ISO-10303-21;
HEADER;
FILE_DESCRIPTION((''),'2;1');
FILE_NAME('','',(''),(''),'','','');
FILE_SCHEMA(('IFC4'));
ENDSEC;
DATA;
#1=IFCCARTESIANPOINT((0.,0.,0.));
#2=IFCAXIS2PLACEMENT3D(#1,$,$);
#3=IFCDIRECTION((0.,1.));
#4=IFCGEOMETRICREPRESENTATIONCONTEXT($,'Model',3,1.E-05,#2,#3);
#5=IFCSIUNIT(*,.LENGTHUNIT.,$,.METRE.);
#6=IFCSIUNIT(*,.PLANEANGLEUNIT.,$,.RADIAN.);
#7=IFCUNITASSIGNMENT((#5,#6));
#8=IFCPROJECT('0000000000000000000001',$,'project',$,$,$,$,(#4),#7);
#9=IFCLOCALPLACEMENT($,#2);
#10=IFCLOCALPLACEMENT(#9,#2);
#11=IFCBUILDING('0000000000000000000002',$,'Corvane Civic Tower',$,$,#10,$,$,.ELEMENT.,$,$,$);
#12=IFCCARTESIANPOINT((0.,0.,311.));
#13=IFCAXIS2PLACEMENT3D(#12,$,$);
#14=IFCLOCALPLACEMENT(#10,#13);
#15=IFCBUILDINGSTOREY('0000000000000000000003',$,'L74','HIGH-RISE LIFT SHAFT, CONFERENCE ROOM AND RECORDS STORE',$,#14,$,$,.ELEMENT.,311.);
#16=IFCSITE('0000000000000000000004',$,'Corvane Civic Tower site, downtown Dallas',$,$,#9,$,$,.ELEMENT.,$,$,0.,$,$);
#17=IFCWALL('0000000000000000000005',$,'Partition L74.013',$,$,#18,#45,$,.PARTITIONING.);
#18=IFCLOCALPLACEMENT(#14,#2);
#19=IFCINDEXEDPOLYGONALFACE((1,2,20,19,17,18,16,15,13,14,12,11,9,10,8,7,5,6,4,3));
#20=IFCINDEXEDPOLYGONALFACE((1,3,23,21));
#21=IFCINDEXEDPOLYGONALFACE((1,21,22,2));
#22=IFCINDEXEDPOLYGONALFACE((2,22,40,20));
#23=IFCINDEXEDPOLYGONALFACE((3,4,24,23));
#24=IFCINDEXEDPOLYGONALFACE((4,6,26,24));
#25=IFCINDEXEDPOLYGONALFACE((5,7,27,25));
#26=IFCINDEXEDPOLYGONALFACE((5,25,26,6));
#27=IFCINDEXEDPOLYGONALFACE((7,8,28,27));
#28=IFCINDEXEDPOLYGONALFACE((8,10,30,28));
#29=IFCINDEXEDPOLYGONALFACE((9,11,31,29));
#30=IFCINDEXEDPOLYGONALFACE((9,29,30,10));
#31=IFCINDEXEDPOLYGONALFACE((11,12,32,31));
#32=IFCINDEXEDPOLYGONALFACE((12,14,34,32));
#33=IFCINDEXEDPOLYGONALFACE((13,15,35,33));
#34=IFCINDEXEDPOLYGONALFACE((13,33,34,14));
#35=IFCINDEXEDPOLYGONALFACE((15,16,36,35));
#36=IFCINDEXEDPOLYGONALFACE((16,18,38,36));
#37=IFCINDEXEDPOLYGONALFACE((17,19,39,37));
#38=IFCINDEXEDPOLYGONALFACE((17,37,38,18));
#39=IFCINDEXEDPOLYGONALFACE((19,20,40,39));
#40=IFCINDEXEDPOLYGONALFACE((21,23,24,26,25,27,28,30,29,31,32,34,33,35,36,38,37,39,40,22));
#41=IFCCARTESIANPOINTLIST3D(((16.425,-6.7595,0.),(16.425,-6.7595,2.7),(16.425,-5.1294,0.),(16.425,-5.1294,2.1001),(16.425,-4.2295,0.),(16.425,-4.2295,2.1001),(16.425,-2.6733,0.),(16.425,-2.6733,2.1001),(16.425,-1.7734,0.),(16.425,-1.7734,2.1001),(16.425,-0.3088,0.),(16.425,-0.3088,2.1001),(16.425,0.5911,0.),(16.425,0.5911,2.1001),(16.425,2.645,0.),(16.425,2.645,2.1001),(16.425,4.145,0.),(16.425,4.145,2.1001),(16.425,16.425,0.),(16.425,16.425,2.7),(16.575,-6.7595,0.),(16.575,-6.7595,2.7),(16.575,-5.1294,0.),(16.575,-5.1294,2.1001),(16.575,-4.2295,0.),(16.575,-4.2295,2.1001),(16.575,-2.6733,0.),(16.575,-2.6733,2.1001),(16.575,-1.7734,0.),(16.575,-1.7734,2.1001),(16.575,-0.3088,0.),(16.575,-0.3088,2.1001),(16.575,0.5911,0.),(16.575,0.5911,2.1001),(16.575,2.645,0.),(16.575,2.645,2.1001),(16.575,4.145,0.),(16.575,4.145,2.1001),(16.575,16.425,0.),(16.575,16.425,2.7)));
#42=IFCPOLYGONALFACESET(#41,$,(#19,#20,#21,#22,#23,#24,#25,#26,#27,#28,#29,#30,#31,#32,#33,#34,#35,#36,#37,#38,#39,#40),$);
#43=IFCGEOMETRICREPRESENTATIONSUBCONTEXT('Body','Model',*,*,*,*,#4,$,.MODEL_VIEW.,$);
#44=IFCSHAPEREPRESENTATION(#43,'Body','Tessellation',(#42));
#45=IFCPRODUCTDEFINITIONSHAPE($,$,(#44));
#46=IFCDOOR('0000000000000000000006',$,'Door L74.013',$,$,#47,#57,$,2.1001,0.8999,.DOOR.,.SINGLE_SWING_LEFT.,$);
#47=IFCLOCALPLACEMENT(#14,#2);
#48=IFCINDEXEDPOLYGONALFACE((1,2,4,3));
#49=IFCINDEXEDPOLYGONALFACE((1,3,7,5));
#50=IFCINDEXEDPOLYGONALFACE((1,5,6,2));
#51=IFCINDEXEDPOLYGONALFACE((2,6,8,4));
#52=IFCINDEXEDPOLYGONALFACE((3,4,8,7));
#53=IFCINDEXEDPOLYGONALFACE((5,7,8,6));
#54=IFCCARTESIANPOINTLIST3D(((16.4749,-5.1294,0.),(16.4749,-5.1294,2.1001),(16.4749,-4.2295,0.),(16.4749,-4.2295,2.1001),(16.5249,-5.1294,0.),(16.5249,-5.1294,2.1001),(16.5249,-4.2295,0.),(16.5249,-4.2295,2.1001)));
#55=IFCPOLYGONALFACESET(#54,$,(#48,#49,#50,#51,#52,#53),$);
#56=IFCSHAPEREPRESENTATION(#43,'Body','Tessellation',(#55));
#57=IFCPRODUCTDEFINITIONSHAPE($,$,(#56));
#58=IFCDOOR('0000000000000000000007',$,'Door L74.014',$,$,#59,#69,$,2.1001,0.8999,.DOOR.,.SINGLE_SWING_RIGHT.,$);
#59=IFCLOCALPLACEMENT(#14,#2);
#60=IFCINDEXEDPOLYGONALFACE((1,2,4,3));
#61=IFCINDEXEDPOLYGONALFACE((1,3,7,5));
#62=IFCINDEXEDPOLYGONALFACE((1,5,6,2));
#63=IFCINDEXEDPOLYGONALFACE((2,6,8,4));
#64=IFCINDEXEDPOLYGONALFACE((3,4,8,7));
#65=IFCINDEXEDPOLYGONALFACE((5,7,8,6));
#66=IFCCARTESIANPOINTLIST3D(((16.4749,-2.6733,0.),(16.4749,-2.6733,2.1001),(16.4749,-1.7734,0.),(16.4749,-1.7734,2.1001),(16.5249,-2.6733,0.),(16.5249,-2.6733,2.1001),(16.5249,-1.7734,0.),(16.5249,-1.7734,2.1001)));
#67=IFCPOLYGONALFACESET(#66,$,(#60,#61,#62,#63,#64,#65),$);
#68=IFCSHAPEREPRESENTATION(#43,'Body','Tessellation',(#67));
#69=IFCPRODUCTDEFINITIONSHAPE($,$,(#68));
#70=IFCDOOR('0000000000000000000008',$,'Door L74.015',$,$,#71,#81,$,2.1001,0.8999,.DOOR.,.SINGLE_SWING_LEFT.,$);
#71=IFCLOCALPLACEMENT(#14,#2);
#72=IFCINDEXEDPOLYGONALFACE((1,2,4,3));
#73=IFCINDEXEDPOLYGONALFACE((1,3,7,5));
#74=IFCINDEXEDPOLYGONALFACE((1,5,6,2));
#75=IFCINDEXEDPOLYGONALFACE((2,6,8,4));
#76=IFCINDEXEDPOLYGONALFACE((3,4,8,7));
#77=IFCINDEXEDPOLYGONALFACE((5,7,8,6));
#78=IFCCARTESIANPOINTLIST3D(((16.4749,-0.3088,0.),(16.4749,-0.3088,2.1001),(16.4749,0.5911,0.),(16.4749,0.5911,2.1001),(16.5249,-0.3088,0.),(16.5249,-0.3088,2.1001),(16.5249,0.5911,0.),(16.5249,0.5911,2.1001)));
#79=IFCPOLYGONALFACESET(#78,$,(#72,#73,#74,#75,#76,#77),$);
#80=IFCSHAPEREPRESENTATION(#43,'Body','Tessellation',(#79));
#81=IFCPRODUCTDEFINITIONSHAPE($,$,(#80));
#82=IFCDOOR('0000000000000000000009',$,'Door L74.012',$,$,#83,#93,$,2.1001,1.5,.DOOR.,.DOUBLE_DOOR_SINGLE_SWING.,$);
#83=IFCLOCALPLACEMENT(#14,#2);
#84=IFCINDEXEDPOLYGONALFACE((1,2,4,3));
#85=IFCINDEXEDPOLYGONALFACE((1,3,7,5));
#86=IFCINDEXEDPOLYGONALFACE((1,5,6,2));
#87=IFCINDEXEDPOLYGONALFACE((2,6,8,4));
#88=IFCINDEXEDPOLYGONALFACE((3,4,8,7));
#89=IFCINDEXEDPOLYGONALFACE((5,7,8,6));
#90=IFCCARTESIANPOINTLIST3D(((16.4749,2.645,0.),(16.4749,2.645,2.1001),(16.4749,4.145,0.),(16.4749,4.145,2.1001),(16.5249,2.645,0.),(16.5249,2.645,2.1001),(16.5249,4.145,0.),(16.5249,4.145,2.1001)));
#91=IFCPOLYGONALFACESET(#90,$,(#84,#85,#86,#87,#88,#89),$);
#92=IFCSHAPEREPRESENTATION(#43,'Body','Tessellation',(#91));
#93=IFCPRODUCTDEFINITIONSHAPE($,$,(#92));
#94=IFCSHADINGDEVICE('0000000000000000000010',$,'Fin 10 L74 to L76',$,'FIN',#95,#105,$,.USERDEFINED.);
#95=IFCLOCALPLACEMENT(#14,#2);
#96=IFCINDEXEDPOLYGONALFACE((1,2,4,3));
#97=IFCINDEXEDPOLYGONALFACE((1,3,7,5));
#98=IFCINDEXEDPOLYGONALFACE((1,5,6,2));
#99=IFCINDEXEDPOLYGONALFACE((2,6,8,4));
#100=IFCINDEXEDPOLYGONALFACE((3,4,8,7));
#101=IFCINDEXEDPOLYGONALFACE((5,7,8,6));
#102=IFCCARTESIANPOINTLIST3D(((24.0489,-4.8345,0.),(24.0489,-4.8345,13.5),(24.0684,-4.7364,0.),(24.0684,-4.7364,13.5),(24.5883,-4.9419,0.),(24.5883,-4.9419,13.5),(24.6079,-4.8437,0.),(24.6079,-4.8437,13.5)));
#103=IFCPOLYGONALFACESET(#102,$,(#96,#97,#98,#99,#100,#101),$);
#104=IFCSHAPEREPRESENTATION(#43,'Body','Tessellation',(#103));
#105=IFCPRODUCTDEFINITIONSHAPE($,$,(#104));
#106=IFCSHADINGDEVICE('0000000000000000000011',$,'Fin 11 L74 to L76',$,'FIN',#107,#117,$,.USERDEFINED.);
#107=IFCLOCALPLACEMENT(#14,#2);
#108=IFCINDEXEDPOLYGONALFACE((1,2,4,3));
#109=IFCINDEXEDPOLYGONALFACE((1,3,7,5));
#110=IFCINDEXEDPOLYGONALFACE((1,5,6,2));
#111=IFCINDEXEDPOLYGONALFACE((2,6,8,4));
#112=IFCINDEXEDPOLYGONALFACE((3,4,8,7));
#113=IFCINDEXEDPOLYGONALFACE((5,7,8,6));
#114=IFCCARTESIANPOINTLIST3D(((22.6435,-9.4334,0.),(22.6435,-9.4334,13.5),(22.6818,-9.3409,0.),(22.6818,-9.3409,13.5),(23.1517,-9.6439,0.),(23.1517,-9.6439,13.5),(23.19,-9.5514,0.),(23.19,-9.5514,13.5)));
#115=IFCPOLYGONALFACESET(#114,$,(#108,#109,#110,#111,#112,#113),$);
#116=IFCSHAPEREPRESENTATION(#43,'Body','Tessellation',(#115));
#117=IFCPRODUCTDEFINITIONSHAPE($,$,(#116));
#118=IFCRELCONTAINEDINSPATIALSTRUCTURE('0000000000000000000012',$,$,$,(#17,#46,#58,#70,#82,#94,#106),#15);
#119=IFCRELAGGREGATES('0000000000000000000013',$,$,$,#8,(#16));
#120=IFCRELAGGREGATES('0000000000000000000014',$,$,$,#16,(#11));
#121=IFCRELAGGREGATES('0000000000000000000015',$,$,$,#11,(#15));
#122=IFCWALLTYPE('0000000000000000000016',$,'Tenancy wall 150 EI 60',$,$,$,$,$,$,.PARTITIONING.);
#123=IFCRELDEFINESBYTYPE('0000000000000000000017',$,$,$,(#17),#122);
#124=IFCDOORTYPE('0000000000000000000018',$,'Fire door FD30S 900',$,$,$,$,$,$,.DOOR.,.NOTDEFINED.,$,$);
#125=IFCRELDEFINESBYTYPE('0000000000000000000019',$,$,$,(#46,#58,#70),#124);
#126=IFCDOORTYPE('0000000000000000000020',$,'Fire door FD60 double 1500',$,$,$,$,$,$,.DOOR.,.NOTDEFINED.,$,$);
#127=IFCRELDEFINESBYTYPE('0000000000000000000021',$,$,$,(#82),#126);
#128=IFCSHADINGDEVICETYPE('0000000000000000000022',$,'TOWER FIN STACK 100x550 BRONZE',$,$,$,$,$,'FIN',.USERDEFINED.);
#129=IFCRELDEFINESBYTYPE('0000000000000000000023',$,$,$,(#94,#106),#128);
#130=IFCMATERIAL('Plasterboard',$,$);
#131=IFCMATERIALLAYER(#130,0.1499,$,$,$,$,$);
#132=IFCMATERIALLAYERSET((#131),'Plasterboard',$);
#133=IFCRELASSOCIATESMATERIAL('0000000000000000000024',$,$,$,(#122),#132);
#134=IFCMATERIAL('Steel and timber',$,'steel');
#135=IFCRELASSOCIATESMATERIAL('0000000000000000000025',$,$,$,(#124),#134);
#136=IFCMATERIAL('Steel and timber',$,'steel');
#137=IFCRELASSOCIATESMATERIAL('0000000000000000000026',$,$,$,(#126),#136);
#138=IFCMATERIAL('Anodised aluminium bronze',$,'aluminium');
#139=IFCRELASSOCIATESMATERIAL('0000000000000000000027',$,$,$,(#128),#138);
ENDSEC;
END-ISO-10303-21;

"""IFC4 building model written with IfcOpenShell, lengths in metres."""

from ifc_helpers import new_model, si_unit, direction, frame, frame_2d, origin, origin_2d, place, context, subcontext, project, spatial, rectangle, extrude, material, layer, layer_set, material_profile, profile_set, type_object, element, fill, save


model = new_model("IFC4")

# Units and contexts
model_context = context("Model", 3, precision=1e-05, world=origin(), true_north=direction((0.0, 1.0)))
body_context = subcontext(model_context, "Body", "Model", "MODEL_VIEW")
ifc_project = project(units=[si_unit("LENGTHUNIT", "METRE"), si_unit("PLANEANGLEUNIT", "RADIAN")], contexts=[model_context])

# Site, building, storey
site_placement = place(None, origin())
site = spatial("IfcSite", under=ifc_project, at=site_placement, Name="Corvane Civic Tower site, downtown Dallas", CompositionType="ELEMENT", RefElevation=0.0)
building_placement = place(site_placement, origin())
building = spatial("IfcBuilding", under=site, at=building_placement, Name="Corvane Civic Tower", CompositionType="ELEMENT")
storey_placement = place(building_placement, frame((0.0, 0.0, 311.0)))
storey = spatial("IfcBuildingStorey", under=building, at=storey_placement, Name="L74", Description="HIGH-RISE LIFT SHAFT, CONFERENCE ROOM AND RECORDS STORE", CompositionType="ELEMENT", Elevation=311.0)

# Wall, openings, doors
ifc_material_1 = material(Name="Plasterboard")
ifc_layer_1 = layer(ifc_material_1, 0.1499)
ifc_layer_set_1 = layer_set([ifc_layer_1], Name="Plasterboard")
wall_type_1 = type_object("IfcWallType", Name="Tenancy wall 150 EI 60", PredefinedType="PARTITIONING", material=ifc_layer_set_1)
wall_1_placement = place(storey_placement, frame((16.5, -6.7595, 0.0), z_axis=(0.0, 0.0, 1.0), x_axis=(0.0, 1.0, 0.0)))
wall_1 = element("IfcWall", 1, at=wall_1_placement, inside=storey, type_object=wall_type_1, Name="Partition L74.013", PredefinedType="PARTITIONING", context=body_context, shape_type="SweptSolid", body=[
    extrude(rectangle(XDim=23.1846, YDim=0.1499, at=frame_2d((11.5923, 0.0))), origin(), (0.0, 0.0, 1.0), 2.7),
])
opening_1_placement = place(wall_1_placement, frame((9.4045, 0.0, 0.0)))
opening_1 = element("IfcOpeningElement", 2, at=opening_1_placement, cuts=wall_1, PredefinedType="OPENING", context=body_context, shape_type="SweptSolid", body=[
    extrude(rectangle(XDim=1.5, YDim=2.1001, at=frame_2d((0.75, 1.05))), frame((0.0, 0.085, 0.0), z_axis=(0.0, -1.0, 0.0), x_axis=(1.0, 0.0, 0.0)), (0.0, 0.0, 1.0), 0.1699),
])
opening_2_placement = place(wall_1_placement, frame((1.6301, 0.0, 0.0)))
opening_2 = element("IfcOpeningElement", 3, at=opening_2_placement, cuts=wall_1, PredefinedType="OPENING", context=body_context, shape_type="SweptSolid", body=[
    extrude(rectangle(XDim=0.8999, YDim=2.1001, at=frame_2d((0.45, 1.05))), frame((0.0, 0.085, 0.0), z_axis=(0.0, -1.0, 0.0), x_axis=(1.0, 0.0, 0.0)), (0.0, 0.0, 1.0), 0.1699),
])
opening_3_placement = place(wall_1_placement, frame((4.0862, 0.0, 0.0)))
opening_3 = element("IfcOpeningElement", 4, at=opening_3_placement, cuts=wall_1, PredefinedType="OPENING", context=body_context, shape_type="SweptSolid", body=[
    extrude(rectangle(XDim=0.8999, YDim=2.1001, at=frame_2d((0.45, 1.05))), frame((0.0, 0.085, 0.0), z_axis=(0.0, -1.0, 0.0), x_axis=(1.0, 0.0, 0.0)), (0.0, 0.0, 1.0), 0.1699),
])
opening_4_placement = place(wall_1_placement, frame((6.4507, 0.0, 0.0)))
opening_4 = element("IfcOpeningElement", 5, at=opening_4_placement, cuts=wall_1, PredefinedType="OPENING", context=body_context, shape_type="SweptSolid", body=[
    extrude(rectangle(XDim=0.8999, YDim=2.1001, at=frame_2d((0.45, 1.05))), frame((0.0, 0.085, 0.0), z_axis=(0.0, -1.0, 0.0), x_axis=(1.0, 0.0, 0.0)), (0.0, 0.0, 1.0), 0.1699),
])
ifc_material_2 = material(Name="Steel and timber", Category="steel")
door_type_1 = type_object("IfcDoorType", Name="Fire door FD30S 900", OperationType="NOTDEFINED", PredefinedType="DOOR", material=ifc_material_2)
door_1_placement = place(opening_2_placement, frame((0.8999, 0.0, 0.0), z_axis=(0.0, 0.0, 1.0), x_axis=(-1.0, 0.0, 0.0)))
door_1 = element("IfcDoor", 6, at=door_1_placement, inside=storey, type_object=door_type_1, Name="Door L74.013", OperationType="SINGLE_SWING_LEFT", OverallHeight=2.1001, OverallWidth=0.8999, PredefinedType="DOOR", context=body_context, shape_type="SweptSolid", body=[
    extrude(rectangle(XDim=0.8999, YDim=2.1001, at=frame_2d((0.45, 1.05))), frame((0.0, 0.0249, 0.0), z_axis=(0.0, -1.0, 0.0), x_axis=(1.0, 0.0, 0.0)), (0.0, 0.0, 1.0), 0.05),
])
fill(opening_2, door_1)
door_2_placement = place(opening_3_placement, frame((0.8999, 0.0, 0.0), z_axis=(0.0, 0.0, 1.0), x_axis=(-1.0, 0.0, 0.0)))
door_2 = element("IfcDoor", 7, at=door_2_placement, inside=storey, type_object=door_type_1, Name="Door L74.014", OperationType="SINGLE_SWING_RIGHT", OverallHeight=2.1001, OverallWidth=0.8999, PredefinedType="DOOR", context=body_context, shape_type="SweptSolid", body=[
    extrude(rectangle(XDim=0.8999, YDim=2.1001, at=frame_2d((0.45, 1.05))), frame((0.0, 0.0249, 0.0), z_axis=(0.0, -1.0, 0.0), x_axis=(1.0, 0.0, 0.0)), (0.0, 0.0, 1.0), 0.05),
])
fill(opening_3, door_2)
door_3_placement = place(opening_4_placement, frame((0.8999, 0.0, 0.0), z_axis=(0.0, 0.0, 1.0), x_axis=(-1.0, 0.0, 0.0)))
door_3 = element("IfcDoor", 8, at=door_3_placement, inside=storey, type_object=door_type_1, Name="Door L74.015", OperationType="SINGLE_SWING_LEFT", OverallHeight=2.1001, OverallWidth=0.8999, PredefinedType="DOOR", context=body_context, shape_type="SweptSolid", body=[
    extrude(rectangle(XDim=0.8999, YDim=2.1001, at=frame_2d((0.45, 1.05))), frame((0.0, 0.0249, 0.0), z_axis=(0.0, -1.0, 0.0), x_axis=(1.0, 0.0, 0.0)), (0.0, 0.0, 1.0), 0.05),
])
fill(opening_4, door_3)
ifc_material_3 = material(Name="Steel and timber", Category="steel")
door_type_2 = type_object("IfcDoorType", Name="Fire door FD60 double 1500", OperationType="NOTDEFINED", PredefinedType="DOOR", material=ifc_material_3)
door_4_placement = place(opening_1_placement, frame((1.5, 0.0, 0.0), z_axis=(0.0, 0.0, 1.0), x_axis=(-1.0, 0.0, 0.0)))
door_4 = element("IfcDoor", 9, at=door_4_placement, inside=storey, type_object=door_type_2, Name="Door L74.012", OperationType="DOUBLE_DOOR_SINGLE_SWING", OverallHeight=2.1001, OverallWidth=1.5, PredefinedType="DOOR", context=body_context, shape_type="SweptSolid", body=[
    extrude(rectangle(XDim=1.5, YDim=2.1001, at=frame_2d((0.75, 1.05))), frame((0.0, 0.0249, 0.0), z_axis=(0.0, -1.0, 0.0), x_axis=(1.0, 0.0, 0.0)), (0.0, 0.0, 1.0), 0.05),
])
fill(opening_1, door_4)

# Shading devices
ifc_material_4 = material(Name="Anodised aluminium bronze", Category="aluminium")
ifc_material_profile_1 = material_profile(ifc_material_4, rectangle(XDim=0.1001, YDim=0.55, at=origin_2d()), Name="TOWER FIN STACK 100x550 BRONZE")
ifc_profile_set_1 = profile_set([ifc_material_profile_1], Name="Anodised aluminium bronze")
shading_device_type = type_object("IfcShadingDeviceType", Name="TOWER FIN STACK 100x550 BRONZE", ElementType="FIN", PredefinedType="USERDEFINED", material=ifc_profile_set_1)
for number, where, z_axis, x_axis, name in (
    (10, (24.3284, -4.8391, 0.0), (0.0, 0.0, 1.0), (-0.19509, -0.980785, 0.0), "Fin 10 L74 to L76"),
    (11, (22.9167, -9.4924, 0.0), (0.0, 0.0, 1.0), (-0.382683, -0.92388, 0.0), "Fin 11 L74 to L76"),
):
    element("IfcShadingDevice", number, at=place(storey_placement, frame(where, z_axis=z_axis, x_axis=x_axis)), inside=storey, type_object=shading_device_type, Name=name, ObjectType="FIN", PredefinedType="USERDEFINED", context=body_context, shape_type="SweptSolid", body=[
        extrude(rectangle(XDim=0.1001, YDim=0.55, at=origin_2d()), origin(), (0.0, 0.0, 1.0), 13.5),
    ])

save(model, "model.ifc")
